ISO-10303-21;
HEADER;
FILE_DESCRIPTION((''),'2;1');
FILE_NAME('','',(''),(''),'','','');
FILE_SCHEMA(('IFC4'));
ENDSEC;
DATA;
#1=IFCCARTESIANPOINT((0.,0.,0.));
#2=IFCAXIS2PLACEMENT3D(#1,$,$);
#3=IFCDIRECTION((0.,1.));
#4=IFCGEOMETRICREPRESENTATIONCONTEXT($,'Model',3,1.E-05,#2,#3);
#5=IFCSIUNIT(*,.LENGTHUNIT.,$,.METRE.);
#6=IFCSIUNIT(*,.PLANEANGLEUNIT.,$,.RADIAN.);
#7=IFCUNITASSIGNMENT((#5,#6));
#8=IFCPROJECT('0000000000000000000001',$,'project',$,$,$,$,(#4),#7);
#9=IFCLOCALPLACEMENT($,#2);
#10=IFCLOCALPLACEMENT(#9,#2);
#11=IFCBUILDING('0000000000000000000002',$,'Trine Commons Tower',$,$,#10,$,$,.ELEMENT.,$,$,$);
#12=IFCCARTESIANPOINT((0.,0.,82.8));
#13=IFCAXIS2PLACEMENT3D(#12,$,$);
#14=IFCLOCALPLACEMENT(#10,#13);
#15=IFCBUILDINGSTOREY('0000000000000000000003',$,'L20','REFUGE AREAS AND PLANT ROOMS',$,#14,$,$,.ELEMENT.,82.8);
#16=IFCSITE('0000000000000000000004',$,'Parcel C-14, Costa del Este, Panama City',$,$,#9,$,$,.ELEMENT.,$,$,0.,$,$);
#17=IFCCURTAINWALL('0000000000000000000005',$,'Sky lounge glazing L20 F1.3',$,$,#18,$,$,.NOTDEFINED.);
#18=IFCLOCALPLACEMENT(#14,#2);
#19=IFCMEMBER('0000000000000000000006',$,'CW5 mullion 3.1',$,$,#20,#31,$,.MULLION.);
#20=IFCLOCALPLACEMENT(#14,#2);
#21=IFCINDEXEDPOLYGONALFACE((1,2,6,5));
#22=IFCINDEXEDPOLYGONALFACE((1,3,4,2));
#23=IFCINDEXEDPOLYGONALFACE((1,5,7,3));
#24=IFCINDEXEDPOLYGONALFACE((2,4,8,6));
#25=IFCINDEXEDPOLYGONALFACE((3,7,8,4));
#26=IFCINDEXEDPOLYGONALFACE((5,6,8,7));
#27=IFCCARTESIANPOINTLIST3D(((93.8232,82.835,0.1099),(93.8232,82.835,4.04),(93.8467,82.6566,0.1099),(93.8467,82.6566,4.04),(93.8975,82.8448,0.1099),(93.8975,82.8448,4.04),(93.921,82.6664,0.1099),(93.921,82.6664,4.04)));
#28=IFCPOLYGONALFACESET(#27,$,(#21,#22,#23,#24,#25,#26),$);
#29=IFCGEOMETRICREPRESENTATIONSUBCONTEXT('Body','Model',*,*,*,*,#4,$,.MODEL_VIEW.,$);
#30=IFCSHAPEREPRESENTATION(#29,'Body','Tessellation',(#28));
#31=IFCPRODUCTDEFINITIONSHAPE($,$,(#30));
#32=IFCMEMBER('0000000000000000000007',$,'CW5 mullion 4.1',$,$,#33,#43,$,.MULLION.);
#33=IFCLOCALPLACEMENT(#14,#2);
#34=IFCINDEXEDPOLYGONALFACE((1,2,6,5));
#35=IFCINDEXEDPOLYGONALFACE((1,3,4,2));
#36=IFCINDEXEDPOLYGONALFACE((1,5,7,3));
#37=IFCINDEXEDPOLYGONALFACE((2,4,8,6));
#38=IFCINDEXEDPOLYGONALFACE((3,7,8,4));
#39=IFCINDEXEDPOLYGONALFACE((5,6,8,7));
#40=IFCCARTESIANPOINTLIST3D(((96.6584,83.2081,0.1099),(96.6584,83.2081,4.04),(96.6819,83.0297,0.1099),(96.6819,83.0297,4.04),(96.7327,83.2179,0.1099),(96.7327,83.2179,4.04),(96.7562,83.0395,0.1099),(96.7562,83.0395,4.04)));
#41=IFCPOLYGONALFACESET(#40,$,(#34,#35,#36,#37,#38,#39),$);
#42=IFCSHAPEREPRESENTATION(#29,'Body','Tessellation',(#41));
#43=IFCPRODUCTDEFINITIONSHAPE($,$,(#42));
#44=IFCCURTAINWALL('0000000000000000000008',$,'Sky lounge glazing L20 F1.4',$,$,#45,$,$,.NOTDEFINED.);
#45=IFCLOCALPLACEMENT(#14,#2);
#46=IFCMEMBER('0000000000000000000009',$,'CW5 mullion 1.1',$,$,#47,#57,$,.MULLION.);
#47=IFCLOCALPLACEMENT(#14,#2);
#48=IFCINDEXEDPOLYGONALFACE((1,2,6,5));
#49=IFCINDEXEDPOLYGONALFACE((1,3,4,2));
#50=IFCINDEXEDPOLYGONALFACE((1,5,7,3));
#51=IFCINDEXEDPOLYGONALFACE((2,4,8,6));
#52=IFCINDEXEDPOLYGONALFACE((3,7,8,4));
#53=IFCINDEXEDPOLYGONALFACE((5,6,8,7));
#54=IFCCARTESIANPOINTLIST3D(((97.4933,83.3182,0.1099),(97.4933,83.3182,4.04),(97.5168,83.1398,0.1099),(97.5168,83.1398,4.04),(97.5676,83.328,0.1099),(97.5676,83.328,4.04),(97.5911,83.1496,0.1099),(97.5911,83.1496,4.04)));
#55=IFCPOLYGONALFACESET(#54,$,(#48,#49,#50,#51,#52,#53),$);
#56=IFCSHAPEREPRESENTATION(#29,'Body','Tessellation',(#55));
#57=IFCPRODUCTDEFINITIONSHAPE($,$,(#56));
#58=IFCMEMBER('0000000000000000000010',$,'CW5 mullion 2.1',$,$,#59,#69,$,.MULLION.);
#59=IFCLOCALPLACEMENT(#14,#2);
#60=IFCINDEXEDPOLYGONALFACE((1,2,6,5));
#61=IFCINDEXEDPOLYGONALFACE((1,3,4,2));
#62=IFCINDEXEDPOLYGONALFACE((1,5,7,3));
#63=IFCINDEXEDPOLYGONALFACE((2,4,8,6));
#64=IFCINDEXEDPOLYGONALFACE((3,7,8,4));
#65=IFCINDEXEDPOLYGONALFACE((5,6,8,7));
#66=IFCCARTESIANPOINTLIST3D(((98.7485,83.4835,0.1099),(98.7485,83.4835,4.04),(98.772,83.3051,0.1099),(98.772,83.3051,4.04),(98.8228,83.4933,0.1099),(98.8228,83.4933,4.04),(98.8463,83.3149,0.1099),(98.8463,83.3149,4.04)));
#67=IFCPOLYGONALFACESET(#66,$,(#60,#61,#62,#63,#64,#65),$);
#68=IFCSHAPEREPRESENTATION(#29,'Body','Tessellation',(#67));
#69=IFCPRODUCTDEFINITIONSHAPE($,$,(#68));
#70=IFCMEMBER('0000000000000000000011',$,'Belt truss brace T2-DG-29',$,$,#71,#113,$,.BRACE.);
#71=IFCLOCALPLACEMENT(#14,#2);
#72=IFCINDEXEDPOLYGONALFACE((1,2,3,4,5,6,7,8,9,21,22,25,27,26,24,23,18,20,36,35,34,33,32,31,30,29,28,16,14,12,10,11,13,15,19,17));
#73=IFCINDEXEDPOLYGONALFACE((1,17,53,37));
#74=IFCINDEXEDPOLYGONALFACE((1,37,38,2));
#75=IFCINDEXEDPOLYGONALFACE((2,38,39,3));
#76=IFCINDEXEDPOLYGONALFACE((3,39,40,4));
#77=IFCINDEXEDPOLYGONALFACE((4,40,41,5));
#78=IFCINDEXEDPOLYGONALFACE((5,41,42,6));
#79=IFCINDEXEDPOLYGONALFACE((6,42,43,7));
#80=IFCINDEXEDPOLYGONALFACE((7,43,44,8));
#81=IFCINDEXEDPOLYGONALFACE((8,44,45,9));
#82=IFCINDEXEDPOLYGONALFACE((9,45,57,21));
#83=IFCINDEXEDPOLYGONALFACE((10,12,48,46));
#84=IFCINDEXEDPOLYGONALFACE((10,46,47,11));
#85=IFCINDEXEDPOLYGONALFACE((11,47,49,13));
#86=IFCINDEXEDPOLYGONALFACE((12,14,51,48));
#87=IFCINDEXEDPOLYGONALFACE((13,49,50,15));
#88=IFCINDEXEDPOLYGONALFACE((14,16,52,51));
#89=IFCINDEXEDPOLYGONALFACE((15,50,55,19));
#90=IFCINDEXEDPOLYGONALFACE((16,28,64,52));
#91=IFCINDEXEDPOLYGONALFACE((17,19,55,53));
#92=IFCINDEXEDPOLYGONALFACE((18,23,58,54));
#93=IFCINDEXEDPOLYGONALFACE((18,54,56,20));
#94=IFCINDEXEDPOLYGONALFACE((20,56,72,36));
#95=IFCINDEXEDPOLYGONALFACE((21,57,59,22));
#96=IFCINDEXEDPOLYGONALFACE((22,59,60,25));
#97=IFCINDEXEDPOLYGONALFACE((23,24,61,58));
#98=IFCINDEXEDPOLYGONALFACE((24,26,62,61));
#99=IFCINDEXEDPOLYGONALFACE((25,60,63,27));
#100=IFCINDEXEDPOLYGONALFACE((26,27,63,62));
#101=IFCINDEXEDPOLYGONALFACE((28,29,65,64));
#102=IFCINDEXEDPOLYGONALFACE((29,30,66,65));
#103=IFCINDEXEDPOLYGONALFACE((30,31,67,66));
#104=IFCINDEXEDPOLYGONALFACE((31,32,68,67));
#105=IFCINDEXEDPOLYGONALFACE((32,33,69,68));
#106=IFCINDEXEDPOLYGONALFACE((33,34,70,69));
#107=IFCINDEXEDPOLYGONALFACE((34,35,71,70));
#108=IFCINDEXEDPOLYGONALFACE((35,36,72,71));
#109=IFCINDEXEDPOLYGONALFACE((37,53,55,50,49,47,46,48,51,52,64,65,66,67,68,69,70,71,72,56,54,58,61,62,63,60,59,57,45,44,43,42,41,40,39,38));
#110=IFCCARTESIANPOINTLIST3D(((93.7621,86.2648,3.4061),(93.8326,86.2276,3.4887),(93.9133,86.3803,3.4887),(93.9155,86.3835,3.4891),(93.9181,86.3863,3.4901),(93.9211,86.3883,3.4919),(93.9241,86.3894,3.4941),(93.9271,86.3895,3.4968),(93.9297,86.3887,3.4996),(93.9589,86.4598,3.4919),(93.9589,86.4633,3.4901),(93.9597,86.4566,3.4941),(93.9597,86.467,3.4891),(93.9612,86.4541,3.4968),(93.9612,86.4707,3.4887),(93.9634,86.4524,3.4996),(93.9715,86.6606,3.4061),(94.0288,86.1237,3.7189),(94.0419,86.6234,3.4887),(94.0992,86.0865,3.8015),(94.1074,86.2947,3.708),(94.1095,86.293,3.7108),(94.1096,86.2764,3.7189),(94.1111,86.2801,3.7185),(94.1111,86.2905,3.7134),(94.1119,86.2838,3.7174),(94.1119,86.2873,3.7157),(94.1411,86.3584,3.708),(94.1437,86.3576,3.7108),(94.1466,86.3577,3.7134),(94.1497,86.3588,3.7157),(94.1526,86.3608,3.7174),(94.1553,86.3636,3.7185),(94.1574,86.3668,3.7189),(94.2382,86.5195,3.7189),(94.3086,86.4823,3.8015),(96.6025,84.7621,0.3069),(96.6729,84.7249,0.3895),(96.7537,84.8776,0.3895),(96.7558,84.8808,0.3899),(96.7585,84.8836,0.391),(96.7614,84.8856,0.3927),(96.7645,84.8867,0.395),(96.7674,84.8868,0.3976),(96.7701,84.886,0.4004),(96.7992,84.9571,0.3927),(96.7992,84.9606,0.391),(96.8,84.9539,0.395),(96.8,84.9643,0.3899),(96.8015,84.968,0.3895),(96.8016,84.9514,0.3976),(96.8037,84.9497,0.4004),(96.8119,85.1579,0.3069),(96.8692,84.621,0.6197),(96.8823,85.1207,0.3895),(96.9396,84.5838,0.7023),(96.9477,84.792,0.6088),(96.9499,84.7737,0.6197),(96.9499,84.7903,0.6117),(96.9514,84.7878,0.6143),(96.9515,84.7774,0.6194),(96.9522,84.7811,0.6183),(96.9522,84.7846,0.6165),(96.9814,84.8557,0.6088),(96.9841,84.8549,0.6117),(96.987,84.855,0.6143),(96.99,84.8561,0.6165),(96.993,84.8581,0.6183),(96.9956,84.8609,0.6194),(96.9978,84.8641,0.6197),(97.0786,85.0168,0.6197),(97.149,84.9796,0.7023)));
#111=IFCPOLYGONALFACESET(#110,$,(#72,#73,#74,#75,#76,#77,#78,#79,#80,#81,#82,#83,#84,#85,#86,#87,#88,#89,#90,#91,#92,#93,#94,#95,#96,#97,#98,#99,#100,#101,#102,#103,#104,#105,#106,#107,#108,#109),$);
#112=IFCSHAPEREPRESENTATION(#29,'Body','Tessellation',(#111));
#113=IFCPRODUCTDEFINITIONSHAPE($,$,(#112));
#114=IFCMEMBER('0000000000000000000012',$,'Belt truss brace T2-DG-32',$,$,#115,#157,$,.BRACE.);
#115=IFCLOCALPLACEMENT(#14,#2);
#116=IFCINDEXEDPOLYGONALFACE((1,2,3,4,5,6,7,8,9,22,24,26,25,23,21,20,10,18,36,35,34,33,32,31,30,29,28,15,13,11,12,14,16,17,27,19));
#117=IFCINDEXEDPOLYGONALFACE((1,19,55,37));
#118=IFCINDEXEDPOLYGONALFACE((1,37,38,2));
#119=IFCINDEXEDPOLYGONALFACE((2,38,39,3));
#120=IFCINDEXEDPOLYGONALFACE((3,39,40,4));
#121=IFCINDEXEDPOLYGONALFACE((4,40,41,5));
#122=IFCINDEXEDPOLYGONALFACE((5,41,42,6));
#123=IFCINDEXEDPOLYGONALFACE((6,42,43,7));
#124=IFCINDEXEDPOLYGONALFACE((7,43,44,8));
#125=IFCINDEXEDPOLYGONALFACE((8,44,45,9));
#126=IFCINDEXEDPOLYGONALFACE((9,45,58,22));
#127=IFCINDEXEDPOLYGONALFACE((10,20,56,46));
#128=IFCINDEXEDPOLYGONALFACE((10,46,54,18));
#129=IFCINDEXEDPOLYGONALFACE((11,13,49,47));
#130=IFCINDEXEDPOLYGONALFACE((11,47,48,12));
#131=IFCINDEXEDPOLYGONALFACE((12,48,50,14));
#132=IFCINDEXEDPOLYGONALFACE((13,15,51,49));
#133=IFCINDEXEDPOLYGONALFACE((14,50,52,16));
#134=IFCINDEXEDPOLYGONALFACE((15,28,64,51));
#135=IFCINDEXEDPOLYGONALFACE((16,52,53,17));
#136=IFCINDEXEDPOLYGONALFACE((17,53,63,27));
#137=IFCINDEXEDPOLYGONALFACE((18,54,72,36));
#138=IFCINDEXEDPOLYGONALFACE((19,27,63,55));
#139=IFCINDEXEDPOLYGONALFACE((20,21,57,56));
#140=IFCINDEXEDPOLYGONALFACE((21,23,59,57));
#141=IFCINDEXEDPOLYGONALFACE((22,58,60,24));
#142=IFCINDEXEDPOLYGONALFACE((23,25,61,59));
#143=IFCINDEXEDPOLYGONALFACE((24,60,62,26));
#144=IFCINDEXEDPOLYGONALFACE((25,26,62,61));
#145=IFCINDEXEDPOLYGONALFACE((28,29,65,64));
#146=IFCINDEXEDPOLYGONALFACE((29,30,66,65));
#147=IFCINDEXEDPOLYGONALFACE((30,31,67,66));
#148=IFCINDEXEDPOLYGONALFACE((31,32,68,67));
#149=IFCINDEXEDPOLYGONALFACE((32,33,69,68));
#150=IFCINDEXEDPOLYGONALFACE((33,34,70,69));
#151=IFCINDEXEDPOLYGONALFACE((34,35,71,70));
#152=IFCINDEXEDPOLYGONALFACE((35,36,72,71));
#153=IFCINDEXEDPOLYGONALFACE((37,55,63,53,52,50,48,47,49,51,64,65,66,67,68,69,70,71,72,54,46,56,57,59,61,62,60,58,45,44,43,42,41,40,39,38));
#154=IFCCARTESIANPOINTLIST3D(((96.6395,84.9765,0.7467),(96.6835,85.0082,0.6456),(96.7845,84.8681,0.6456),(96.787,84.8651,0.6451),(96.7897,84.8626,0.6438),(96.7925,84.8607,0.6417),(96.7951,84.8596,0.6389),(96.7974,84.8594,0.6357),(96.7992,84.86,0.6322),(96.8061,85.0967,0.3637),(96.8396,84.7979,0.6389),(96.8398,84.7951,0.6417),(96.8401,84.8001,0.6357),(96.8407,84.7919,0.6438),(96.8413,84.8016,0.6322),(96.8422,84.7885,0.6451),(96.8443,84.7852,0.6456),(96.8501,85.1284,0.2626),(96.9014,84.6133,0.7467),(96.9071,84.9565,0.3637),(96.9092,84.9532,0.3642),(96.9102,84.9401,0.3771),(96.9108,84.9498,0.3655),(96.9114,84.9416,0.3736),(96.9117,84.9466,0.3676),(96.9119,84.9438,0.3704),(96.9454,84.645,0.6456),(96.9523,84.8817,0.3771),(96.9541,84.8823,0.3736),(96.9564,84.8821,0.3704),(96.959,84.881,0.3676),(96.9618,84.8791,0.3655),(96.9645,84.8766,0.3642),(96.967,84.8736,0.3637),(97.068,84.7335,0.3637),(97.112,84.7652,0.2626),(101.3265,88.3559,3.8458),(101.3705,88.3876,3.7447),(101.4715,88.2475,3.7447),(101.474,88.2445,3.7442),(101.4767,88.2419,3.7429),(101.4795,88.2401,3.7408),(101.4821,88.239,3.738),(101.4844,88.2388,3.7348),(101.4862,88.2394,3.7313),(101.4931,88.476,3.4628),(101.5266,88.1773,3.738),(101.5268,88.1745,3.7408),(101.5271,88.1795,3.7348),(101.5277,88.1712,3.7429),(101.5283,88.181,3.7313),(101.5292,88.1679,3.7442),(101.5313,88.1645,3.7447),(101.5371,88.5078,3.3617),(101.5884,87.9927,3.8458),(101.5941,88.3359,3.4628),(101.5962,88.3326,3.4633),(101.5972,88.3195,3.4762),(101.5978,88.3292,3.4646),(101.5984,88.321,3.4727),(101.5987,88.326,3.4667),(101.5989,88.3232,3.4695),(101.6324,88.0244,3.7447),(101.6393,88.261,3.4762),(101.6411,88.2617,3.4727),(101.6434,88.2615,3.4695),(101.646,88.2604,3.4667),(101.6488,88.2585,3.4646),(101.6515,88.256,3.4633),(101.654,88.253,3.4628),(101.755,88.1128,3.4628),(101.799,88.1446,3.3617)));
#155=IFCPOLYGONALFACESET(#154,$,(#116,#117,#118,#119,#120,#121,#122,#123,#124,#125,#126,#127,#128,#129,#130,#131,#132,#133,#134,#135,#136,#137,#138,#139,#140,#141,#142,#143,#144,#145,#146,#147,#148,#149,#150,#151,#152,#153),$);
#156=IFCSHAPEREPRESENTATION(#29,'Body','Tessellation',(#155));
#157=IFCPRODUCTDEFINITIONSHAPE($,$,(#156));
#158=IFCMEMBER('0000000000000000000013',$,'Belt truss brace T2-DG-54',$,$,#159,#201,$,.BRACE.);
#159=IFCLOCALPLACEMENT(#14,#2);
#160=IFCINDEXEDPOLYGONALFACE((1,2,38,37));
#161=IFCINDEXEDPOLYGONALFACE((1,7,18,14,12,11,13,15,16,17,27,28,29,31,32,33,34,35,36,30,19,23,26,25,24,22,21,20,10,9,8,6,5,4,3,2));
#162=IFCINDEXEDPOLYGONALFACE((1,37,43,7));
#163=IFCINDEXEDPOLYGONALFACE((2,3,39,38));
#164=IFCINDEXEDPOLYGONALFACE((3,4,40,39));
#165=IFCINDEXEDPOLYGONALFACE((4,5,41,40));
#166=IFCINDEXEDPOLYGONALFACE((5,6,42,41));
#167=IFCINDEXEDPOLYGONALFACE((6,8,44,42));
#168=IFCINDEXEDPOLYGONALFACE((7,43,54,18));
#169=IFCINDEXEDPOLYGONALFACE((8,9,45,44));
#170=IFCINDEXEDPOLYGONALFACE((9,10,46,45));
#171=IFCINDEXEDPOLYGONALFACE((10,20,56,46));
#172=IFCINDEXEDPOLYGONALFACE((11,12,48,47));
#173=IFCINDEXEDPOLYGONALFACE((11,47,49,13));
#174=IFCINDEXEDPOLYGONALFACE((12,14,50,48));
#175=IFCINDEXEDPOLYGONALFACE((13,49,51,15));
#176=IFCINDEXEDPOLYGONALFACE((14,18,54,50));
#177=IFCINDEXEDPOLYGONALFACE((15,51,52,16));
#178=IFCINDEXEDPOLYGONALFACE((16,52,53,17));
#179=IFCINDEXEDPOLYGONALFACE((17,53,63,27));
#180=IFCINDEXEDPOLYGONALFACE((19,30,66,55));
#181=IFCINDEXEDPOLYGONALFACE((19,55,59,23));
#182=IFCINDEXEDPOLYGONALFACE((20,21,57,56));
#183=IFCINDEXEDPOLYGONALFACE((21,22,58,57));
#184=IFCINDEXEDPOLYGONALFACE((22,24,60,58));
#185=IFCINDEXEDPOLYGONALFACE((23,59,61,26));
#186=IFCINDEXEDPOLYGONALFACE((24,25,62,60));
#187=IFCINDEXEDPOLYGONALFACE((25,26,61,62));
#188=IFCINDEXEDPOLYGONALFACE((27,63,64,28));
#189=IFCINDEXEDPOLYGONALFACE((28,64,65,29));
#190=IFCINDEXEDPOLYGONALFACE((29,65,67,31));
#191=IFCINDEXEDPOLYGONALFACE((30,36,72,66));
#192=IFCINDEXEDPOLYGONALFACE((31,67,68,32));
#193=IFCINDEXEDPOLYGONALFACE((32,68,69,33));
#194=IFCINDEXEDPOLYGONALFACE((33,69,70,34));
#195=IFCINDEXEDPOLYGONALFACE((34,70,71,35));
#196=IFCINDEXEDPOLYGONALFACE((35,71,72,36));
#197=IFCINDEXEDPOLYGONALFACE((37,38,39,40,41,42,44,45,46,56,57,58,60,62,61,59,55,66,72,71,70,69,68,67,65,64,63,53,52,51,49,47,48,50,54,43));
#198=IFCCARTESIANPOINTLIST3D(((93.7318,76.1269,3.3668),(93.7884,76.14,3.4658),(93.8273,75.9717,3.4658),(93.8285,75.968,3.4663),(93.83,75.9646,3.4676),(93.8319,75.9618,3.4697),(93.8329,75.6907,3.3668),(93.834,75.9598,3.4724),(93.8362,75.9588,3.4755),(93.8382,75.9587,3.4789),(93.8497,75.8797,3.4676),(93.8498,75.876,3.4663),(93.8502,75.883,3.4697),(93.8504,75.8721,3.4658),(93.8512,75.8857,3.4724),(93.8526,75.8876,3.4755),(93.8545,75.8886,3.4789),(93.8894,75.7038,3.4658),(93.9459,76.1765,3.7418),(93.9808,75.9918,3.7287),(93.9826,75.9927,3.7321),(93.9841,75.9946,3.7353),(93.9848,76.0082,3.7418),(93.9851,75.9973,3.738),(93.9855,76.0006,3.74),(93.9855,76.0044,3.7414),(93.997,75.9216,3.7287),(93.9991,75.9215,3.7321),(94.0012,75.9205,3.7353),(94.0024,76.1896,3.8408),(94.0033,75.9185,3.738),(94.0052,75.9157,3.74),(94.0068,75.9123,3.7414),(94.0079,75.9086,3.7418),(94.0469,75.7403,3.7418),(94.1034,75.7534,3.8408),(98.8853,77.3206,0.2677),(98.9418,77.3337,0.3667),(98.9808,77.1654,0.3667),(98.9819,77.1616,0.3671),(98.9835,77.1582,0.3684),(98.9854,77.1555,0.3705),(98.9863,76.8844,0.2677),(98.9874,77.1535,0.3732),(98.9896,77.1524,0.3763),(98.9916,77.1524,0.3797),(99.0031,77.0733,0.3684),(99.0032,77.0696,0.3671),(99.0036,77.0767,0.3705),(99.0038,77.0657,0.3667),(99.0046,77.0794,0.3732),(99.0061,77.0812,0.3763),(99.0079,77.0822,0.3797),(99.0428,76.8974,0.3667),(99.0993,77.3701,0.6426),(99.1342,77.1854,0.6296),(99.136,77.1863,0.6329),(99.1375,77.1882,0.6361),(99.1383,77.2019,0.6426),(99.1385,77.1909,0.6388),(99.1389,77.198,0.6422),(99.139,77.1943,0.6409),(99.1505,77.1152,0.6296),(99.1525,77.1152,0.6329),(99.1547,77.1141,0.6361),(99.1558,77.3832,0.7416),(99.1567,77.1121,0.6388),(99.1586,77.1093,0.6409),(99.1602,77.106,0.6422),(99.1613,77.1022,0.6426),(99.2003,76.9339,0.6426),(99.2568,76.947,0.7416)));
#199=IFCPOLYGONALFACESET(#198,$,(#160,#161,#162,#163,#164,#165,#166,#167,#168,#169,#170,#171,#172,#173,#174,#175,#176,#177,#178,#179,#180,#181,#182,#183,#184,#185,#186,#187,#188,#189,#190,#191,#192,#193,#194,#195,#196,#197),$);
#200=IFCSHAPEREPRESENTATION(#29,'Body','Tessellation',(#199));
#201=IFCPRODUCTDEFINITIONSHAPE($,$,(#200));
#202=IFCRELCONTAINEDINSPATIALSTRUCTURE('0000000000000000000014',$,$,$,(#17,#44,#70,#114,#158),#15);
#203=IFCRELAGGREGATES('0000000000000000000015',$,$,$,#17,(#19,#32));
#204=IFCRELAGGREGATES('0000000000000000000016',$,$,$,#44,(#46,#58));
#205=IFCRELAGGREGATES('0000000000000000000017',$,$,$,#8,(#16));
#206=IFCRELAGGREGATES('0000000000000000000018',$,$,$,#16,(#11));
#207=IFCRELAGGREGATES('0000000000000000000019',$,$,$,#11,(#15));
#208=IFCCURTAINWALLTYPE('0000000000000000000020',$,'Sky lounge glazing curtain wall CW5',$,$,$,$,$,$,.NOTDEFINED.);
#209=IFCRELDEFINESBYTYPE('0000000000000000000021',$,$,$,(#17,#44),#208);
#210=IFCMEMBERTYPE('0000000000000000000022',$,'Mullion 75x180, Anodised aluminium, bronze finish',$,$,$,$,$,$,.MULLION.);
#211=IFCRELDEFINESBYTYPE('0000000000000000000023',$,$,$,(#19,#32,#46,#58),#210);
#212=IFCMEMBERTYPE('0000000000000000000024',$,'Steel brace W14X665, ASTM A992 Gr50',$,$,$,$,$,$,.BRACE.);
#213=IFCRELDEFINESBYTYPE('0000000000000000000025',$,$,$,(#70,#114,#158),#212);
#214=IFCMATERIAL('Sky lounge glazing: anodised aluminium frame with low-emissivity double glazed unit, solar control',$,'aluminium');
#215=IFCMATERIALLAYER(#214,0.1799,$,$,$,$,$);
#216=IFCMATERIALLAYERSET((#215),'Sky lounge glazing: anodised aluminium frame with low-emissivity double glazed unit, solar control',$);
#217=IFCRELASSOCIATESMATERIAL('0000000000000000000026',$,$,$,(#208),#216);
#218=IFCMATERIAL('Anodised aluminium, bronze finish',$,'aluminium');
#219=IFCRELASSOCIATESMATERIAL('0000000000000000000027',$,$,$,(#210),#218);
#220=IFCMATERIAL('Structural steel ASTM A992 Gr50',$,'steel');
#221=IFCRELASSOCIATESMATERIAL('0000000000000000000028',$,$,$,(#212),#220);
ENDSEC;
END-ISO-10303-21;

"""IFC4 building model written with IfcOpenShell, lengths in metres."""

from ifc_helpers import new_model, si_unit, direction, frame, origin, origin_2d, place, context, subcontext, project, spatial, rectangle, i_section, extrude, material, layer, layer_set, material_profile, profile_set, type_object, element, aggregate, save


model = new_model("IFC4")

# Units and contexts
model_context = context("Model", 3, precision=1e-05, world=origin(), true_north=direction((0.0, 1.0)))
body_context = subcontext(model_context, "Body", "Model", "MODEL_VIEW")
ifc_project = project(units=[si_unit("LENGTHUNIT", "METRE"), si_unit("PLANEANGLEUNIT", "RADIAN")], contexts=[model_context])

# Site, building, storey
site_placement = place(None, origin())
site = spatial("IfcSite", under=ifc_project, at=site_placement, Name="Parcel C-14, Costa del Este, Panama City", CompositionType="ELEMENT", RefElevation=0.0)
building_placement = place(site_placement, origin())
building = spatial("IfcBuilding", under=site, at=building_placement, Name="Trine Commons Tower", CompositionType="ELEMENT")
storey_placement = place(building_placement, frame((0.0, 0.0, 82.8)))
storey = spatial("IfcBuildingStorey", under=building, at=storey_placement, Name="L20", Description="REFUGE AREAS AND PLANT ROOMS", CompositionType="ELEMENT", Elevation=82.8)

# Curtain walls, members
ifc_material_1 = material(Name="Sky lounge glazing: anodised aluminium frame with low-emissivity double glazed unit, solar control", Category="aluminium")
ifc_layer_1 = layer(ifc_material_1, 0.1799)
ifc_layer_set_1 = layer_set([ifc_layer_1], Name="Sky lounge glazing: anodised aluminium frame with low-emissivity double glazed unit, solar control")
curtain_wall_type = type_object("IfcCurtainWallType", Name="Sky lounge glazing curtain wall CW5", PredefinedType="NOTDEFINED", material=ifc_layer_set_1)
curtain_wall_1_placement = place(storey_placement, origin())
curtain_wall_1 = element("IfcCurtainWall", 1, at=curtain_wall_1_placement, inside=storey, type_object=curtain_wall_type, Name="Sky lounge glazing L20 F1.3", PredefinedType="NOTDEFINED")
ifc_material_2 = material(Name="Anodised aluminium, bronze finish", Category="aluminium")
ifc_material_profile_1 = material_profile(ifc_material_2, rectangle(XDim=0.1799, YDim=0.075, at=origin_2d()), Name="Mullion 75x180")
ifc_profile_set_1 = profile_set([ifc_material_profile_1], Name="Anodised aluminium, bronze finish")
member_type_1 = type_object("IfcMemberType", Name="Mullion 75x180, Anodised aluminium, bronze finish", PredefinedType="MULLION", material=ifc_profile_set_1)
member_1_placement = place(storey_placement, frame((93.8721, 82.7507, 0.1099), z_axis=(0.0, 0.0, 1.0), x_axis=(-0.130526, 0.991445, 0.0)))
member_1 = element("IfcMember", 2, at=member_1_placement, type_object=member_type_1, Name="CW5 mullion 3.1", PredefinedType="MULLION", context=body_context, shape_type="SweptSolid", body=[
    extrude(rectangle(XDim=0.1799, YDim=0.075, at=origin_2d()), origin(), (0.0, 0.0, 1.0), 3.9302),
])
member_2_placement = place(storey_placement, frame((96.7073, 83.1238, 0.1099), z_axis=(0.0, 0.0, 1.0), x_axis=(-0.130526, 0.991445, 0.0)))
member_2 = element("IfcMember", 3, at=member_2_placement, type_object=member_type_1, Name="CW5 mullion 4.1", PredefinedType="MULLION", context=body_context, shape_type="SweptSolid", body=[
    extrude(rectangle(XDim=0.1799, YDim=0.075, at=origin_2d()), origin(), (0.0, 0.0, 1.0), 3.9302),
])
curtain_wall_2_placement = place(storey_placement, origin())
curtain_wall_2 = element("IfcCurtainWall", 4, at=curtain_wall_2_placement, inside=storey, type_object=curtain_wall_type, Name="Sky lounge glazing L20 F1.4", PredefinedType="NOTDEFINED")
member_3_placement = place(storey_placement, frame((97.5422, 83.2339, 0.1099), z_axis=(0.0, 0.0, 1.0), x_axis=(-0.130526, 0.991445, 0.0)))
member_3 = element("IfcMember", 5, at=member_3_placement, type_object=member_type_1, Name="CW5 mullion 1.1", PredefinedType="MULLION", context=body_context, shape_type="SweptSolid", body=[
    extrude(rectangle(XDim=0.1799, YDim=0.075, at=origin_2d()), origin(), (0.0, 0.0, 1.0), 3.9302),
])
member_4_placement = place(storey_placement, frame((98.7974, 83.3992, 0.1099), z_axis=(0.0, 0.0, 1.0), x_axis=(-0.130526, 0.991445, 0.0)))
member_4 = element("IfcMember", 6, at=member_4_placement, type_object=member_type_1, Name="CW5 mullion 2.1", PredefinedType="MULLION", context=body_context, shape_type="SweptSolid", body=[
    extrude(rectangle(XDim=0.1799, YDim=0.075, at=origin_2d()), origin(), (0.0, 0.0, 1.0), 3.9302),
])

# Members
ifc_material_3 = material(Name="Structural steel ASTM A992 Gr50", Category="steel")
ifc_material_profile_2 = material_profile(ifc_material_3, i_section(OverallWidth=0.4478, OverallDepth=0.5493, WebThickness=0.072, FlangeThickness=0.1147, FilletRadius=0.0151, at=origin_2d()), Name="W14X665")
ifc_profile_set_2 = profile_set([ifc_material_profile_2], Name="Structural steel ASTM A992 Gr50")
member_type_2 = type_object("IfcMemberType", Name="Steel brace W14X665, ASTM A992 Gr50", PredefinedType="BRACE", material=ifc_profile_set_2)
member_5_placement = place(storey_placement, frame((96.8757, 84.8708, 0.5046), z_axis=(-0.63623, 0.336599, 0.694199), x_axis=(-0.46764, -0.883919, 0.0)))
element("IfcMember", 7, at=member_5_placement, inside=storey, type_object=member_type_2, Name="Belt truss brace T2-DG-29", PredefinedType="BRACE", context=body_context, shape_type="SweptSolid", body=[
    extrude(i_section(OverallWidth=0.4478, OverallDepth=0.5493, WebThickness=0.072, FlangeThickness=0.1147, FilletRadius=0.0151, at=origin_2d()), origin(), (0.0, 0.0, 1.0), 4.4644),
])
member_6_placement = place(storey_placement, frame((96.8757, 84.8708, 0.5046), z_axis=(0.714821, 0.515395, 0.47265), x_axis=(-0.584846, 0.811145, 0.0)))
element("IfcMember", 8, at=member_6_placement, inside=storey, type_object=member_type_2, Name="Belt truss brace T2-DG-32", PredefinedType="BRACE", context=body_context, shape_type="SweptSolid", body=[
    extrude(i_section(OverallWidth=0.4478, OverallDepth=0.5493, WebThickness=0.072, FlangeThickness=0.1147, FilletRadius=0.0151, at=origin_2d()), origin(), (0.0, 0.0, 1.0), 6.5569),
])
member_7_placement = place(storey_placement, frame((99.071, 77.1338, 0.5046), z_axis=(-0.840571, -0.194692, 0.505505), x_axis=(0.225645, -0.97421, 0.0)))
element("IfcMember", 9, at=member_7_placement, inside=storey, type_object=member_type_2, Name="Belt truss brace T2-DG-54", PredefinedType="BRACE", context=body_context, shape_type="SweptSolid", body=[
    extrude(i_section(OverallWidth=0.4478, OverallDepth=0.5493, WebThickness=0.072, FlangeThickness=0.1147, FilletRadius=0.0151, at=origin_2d()), origin(), (0.0, 0.0, 1.0), 6.1309),
])

aggregate(curtain_wall_1, [member_1, member_2])
aggregate(curtain_wall_2, [member_3, member_4])

save(model, "model.ifc")
